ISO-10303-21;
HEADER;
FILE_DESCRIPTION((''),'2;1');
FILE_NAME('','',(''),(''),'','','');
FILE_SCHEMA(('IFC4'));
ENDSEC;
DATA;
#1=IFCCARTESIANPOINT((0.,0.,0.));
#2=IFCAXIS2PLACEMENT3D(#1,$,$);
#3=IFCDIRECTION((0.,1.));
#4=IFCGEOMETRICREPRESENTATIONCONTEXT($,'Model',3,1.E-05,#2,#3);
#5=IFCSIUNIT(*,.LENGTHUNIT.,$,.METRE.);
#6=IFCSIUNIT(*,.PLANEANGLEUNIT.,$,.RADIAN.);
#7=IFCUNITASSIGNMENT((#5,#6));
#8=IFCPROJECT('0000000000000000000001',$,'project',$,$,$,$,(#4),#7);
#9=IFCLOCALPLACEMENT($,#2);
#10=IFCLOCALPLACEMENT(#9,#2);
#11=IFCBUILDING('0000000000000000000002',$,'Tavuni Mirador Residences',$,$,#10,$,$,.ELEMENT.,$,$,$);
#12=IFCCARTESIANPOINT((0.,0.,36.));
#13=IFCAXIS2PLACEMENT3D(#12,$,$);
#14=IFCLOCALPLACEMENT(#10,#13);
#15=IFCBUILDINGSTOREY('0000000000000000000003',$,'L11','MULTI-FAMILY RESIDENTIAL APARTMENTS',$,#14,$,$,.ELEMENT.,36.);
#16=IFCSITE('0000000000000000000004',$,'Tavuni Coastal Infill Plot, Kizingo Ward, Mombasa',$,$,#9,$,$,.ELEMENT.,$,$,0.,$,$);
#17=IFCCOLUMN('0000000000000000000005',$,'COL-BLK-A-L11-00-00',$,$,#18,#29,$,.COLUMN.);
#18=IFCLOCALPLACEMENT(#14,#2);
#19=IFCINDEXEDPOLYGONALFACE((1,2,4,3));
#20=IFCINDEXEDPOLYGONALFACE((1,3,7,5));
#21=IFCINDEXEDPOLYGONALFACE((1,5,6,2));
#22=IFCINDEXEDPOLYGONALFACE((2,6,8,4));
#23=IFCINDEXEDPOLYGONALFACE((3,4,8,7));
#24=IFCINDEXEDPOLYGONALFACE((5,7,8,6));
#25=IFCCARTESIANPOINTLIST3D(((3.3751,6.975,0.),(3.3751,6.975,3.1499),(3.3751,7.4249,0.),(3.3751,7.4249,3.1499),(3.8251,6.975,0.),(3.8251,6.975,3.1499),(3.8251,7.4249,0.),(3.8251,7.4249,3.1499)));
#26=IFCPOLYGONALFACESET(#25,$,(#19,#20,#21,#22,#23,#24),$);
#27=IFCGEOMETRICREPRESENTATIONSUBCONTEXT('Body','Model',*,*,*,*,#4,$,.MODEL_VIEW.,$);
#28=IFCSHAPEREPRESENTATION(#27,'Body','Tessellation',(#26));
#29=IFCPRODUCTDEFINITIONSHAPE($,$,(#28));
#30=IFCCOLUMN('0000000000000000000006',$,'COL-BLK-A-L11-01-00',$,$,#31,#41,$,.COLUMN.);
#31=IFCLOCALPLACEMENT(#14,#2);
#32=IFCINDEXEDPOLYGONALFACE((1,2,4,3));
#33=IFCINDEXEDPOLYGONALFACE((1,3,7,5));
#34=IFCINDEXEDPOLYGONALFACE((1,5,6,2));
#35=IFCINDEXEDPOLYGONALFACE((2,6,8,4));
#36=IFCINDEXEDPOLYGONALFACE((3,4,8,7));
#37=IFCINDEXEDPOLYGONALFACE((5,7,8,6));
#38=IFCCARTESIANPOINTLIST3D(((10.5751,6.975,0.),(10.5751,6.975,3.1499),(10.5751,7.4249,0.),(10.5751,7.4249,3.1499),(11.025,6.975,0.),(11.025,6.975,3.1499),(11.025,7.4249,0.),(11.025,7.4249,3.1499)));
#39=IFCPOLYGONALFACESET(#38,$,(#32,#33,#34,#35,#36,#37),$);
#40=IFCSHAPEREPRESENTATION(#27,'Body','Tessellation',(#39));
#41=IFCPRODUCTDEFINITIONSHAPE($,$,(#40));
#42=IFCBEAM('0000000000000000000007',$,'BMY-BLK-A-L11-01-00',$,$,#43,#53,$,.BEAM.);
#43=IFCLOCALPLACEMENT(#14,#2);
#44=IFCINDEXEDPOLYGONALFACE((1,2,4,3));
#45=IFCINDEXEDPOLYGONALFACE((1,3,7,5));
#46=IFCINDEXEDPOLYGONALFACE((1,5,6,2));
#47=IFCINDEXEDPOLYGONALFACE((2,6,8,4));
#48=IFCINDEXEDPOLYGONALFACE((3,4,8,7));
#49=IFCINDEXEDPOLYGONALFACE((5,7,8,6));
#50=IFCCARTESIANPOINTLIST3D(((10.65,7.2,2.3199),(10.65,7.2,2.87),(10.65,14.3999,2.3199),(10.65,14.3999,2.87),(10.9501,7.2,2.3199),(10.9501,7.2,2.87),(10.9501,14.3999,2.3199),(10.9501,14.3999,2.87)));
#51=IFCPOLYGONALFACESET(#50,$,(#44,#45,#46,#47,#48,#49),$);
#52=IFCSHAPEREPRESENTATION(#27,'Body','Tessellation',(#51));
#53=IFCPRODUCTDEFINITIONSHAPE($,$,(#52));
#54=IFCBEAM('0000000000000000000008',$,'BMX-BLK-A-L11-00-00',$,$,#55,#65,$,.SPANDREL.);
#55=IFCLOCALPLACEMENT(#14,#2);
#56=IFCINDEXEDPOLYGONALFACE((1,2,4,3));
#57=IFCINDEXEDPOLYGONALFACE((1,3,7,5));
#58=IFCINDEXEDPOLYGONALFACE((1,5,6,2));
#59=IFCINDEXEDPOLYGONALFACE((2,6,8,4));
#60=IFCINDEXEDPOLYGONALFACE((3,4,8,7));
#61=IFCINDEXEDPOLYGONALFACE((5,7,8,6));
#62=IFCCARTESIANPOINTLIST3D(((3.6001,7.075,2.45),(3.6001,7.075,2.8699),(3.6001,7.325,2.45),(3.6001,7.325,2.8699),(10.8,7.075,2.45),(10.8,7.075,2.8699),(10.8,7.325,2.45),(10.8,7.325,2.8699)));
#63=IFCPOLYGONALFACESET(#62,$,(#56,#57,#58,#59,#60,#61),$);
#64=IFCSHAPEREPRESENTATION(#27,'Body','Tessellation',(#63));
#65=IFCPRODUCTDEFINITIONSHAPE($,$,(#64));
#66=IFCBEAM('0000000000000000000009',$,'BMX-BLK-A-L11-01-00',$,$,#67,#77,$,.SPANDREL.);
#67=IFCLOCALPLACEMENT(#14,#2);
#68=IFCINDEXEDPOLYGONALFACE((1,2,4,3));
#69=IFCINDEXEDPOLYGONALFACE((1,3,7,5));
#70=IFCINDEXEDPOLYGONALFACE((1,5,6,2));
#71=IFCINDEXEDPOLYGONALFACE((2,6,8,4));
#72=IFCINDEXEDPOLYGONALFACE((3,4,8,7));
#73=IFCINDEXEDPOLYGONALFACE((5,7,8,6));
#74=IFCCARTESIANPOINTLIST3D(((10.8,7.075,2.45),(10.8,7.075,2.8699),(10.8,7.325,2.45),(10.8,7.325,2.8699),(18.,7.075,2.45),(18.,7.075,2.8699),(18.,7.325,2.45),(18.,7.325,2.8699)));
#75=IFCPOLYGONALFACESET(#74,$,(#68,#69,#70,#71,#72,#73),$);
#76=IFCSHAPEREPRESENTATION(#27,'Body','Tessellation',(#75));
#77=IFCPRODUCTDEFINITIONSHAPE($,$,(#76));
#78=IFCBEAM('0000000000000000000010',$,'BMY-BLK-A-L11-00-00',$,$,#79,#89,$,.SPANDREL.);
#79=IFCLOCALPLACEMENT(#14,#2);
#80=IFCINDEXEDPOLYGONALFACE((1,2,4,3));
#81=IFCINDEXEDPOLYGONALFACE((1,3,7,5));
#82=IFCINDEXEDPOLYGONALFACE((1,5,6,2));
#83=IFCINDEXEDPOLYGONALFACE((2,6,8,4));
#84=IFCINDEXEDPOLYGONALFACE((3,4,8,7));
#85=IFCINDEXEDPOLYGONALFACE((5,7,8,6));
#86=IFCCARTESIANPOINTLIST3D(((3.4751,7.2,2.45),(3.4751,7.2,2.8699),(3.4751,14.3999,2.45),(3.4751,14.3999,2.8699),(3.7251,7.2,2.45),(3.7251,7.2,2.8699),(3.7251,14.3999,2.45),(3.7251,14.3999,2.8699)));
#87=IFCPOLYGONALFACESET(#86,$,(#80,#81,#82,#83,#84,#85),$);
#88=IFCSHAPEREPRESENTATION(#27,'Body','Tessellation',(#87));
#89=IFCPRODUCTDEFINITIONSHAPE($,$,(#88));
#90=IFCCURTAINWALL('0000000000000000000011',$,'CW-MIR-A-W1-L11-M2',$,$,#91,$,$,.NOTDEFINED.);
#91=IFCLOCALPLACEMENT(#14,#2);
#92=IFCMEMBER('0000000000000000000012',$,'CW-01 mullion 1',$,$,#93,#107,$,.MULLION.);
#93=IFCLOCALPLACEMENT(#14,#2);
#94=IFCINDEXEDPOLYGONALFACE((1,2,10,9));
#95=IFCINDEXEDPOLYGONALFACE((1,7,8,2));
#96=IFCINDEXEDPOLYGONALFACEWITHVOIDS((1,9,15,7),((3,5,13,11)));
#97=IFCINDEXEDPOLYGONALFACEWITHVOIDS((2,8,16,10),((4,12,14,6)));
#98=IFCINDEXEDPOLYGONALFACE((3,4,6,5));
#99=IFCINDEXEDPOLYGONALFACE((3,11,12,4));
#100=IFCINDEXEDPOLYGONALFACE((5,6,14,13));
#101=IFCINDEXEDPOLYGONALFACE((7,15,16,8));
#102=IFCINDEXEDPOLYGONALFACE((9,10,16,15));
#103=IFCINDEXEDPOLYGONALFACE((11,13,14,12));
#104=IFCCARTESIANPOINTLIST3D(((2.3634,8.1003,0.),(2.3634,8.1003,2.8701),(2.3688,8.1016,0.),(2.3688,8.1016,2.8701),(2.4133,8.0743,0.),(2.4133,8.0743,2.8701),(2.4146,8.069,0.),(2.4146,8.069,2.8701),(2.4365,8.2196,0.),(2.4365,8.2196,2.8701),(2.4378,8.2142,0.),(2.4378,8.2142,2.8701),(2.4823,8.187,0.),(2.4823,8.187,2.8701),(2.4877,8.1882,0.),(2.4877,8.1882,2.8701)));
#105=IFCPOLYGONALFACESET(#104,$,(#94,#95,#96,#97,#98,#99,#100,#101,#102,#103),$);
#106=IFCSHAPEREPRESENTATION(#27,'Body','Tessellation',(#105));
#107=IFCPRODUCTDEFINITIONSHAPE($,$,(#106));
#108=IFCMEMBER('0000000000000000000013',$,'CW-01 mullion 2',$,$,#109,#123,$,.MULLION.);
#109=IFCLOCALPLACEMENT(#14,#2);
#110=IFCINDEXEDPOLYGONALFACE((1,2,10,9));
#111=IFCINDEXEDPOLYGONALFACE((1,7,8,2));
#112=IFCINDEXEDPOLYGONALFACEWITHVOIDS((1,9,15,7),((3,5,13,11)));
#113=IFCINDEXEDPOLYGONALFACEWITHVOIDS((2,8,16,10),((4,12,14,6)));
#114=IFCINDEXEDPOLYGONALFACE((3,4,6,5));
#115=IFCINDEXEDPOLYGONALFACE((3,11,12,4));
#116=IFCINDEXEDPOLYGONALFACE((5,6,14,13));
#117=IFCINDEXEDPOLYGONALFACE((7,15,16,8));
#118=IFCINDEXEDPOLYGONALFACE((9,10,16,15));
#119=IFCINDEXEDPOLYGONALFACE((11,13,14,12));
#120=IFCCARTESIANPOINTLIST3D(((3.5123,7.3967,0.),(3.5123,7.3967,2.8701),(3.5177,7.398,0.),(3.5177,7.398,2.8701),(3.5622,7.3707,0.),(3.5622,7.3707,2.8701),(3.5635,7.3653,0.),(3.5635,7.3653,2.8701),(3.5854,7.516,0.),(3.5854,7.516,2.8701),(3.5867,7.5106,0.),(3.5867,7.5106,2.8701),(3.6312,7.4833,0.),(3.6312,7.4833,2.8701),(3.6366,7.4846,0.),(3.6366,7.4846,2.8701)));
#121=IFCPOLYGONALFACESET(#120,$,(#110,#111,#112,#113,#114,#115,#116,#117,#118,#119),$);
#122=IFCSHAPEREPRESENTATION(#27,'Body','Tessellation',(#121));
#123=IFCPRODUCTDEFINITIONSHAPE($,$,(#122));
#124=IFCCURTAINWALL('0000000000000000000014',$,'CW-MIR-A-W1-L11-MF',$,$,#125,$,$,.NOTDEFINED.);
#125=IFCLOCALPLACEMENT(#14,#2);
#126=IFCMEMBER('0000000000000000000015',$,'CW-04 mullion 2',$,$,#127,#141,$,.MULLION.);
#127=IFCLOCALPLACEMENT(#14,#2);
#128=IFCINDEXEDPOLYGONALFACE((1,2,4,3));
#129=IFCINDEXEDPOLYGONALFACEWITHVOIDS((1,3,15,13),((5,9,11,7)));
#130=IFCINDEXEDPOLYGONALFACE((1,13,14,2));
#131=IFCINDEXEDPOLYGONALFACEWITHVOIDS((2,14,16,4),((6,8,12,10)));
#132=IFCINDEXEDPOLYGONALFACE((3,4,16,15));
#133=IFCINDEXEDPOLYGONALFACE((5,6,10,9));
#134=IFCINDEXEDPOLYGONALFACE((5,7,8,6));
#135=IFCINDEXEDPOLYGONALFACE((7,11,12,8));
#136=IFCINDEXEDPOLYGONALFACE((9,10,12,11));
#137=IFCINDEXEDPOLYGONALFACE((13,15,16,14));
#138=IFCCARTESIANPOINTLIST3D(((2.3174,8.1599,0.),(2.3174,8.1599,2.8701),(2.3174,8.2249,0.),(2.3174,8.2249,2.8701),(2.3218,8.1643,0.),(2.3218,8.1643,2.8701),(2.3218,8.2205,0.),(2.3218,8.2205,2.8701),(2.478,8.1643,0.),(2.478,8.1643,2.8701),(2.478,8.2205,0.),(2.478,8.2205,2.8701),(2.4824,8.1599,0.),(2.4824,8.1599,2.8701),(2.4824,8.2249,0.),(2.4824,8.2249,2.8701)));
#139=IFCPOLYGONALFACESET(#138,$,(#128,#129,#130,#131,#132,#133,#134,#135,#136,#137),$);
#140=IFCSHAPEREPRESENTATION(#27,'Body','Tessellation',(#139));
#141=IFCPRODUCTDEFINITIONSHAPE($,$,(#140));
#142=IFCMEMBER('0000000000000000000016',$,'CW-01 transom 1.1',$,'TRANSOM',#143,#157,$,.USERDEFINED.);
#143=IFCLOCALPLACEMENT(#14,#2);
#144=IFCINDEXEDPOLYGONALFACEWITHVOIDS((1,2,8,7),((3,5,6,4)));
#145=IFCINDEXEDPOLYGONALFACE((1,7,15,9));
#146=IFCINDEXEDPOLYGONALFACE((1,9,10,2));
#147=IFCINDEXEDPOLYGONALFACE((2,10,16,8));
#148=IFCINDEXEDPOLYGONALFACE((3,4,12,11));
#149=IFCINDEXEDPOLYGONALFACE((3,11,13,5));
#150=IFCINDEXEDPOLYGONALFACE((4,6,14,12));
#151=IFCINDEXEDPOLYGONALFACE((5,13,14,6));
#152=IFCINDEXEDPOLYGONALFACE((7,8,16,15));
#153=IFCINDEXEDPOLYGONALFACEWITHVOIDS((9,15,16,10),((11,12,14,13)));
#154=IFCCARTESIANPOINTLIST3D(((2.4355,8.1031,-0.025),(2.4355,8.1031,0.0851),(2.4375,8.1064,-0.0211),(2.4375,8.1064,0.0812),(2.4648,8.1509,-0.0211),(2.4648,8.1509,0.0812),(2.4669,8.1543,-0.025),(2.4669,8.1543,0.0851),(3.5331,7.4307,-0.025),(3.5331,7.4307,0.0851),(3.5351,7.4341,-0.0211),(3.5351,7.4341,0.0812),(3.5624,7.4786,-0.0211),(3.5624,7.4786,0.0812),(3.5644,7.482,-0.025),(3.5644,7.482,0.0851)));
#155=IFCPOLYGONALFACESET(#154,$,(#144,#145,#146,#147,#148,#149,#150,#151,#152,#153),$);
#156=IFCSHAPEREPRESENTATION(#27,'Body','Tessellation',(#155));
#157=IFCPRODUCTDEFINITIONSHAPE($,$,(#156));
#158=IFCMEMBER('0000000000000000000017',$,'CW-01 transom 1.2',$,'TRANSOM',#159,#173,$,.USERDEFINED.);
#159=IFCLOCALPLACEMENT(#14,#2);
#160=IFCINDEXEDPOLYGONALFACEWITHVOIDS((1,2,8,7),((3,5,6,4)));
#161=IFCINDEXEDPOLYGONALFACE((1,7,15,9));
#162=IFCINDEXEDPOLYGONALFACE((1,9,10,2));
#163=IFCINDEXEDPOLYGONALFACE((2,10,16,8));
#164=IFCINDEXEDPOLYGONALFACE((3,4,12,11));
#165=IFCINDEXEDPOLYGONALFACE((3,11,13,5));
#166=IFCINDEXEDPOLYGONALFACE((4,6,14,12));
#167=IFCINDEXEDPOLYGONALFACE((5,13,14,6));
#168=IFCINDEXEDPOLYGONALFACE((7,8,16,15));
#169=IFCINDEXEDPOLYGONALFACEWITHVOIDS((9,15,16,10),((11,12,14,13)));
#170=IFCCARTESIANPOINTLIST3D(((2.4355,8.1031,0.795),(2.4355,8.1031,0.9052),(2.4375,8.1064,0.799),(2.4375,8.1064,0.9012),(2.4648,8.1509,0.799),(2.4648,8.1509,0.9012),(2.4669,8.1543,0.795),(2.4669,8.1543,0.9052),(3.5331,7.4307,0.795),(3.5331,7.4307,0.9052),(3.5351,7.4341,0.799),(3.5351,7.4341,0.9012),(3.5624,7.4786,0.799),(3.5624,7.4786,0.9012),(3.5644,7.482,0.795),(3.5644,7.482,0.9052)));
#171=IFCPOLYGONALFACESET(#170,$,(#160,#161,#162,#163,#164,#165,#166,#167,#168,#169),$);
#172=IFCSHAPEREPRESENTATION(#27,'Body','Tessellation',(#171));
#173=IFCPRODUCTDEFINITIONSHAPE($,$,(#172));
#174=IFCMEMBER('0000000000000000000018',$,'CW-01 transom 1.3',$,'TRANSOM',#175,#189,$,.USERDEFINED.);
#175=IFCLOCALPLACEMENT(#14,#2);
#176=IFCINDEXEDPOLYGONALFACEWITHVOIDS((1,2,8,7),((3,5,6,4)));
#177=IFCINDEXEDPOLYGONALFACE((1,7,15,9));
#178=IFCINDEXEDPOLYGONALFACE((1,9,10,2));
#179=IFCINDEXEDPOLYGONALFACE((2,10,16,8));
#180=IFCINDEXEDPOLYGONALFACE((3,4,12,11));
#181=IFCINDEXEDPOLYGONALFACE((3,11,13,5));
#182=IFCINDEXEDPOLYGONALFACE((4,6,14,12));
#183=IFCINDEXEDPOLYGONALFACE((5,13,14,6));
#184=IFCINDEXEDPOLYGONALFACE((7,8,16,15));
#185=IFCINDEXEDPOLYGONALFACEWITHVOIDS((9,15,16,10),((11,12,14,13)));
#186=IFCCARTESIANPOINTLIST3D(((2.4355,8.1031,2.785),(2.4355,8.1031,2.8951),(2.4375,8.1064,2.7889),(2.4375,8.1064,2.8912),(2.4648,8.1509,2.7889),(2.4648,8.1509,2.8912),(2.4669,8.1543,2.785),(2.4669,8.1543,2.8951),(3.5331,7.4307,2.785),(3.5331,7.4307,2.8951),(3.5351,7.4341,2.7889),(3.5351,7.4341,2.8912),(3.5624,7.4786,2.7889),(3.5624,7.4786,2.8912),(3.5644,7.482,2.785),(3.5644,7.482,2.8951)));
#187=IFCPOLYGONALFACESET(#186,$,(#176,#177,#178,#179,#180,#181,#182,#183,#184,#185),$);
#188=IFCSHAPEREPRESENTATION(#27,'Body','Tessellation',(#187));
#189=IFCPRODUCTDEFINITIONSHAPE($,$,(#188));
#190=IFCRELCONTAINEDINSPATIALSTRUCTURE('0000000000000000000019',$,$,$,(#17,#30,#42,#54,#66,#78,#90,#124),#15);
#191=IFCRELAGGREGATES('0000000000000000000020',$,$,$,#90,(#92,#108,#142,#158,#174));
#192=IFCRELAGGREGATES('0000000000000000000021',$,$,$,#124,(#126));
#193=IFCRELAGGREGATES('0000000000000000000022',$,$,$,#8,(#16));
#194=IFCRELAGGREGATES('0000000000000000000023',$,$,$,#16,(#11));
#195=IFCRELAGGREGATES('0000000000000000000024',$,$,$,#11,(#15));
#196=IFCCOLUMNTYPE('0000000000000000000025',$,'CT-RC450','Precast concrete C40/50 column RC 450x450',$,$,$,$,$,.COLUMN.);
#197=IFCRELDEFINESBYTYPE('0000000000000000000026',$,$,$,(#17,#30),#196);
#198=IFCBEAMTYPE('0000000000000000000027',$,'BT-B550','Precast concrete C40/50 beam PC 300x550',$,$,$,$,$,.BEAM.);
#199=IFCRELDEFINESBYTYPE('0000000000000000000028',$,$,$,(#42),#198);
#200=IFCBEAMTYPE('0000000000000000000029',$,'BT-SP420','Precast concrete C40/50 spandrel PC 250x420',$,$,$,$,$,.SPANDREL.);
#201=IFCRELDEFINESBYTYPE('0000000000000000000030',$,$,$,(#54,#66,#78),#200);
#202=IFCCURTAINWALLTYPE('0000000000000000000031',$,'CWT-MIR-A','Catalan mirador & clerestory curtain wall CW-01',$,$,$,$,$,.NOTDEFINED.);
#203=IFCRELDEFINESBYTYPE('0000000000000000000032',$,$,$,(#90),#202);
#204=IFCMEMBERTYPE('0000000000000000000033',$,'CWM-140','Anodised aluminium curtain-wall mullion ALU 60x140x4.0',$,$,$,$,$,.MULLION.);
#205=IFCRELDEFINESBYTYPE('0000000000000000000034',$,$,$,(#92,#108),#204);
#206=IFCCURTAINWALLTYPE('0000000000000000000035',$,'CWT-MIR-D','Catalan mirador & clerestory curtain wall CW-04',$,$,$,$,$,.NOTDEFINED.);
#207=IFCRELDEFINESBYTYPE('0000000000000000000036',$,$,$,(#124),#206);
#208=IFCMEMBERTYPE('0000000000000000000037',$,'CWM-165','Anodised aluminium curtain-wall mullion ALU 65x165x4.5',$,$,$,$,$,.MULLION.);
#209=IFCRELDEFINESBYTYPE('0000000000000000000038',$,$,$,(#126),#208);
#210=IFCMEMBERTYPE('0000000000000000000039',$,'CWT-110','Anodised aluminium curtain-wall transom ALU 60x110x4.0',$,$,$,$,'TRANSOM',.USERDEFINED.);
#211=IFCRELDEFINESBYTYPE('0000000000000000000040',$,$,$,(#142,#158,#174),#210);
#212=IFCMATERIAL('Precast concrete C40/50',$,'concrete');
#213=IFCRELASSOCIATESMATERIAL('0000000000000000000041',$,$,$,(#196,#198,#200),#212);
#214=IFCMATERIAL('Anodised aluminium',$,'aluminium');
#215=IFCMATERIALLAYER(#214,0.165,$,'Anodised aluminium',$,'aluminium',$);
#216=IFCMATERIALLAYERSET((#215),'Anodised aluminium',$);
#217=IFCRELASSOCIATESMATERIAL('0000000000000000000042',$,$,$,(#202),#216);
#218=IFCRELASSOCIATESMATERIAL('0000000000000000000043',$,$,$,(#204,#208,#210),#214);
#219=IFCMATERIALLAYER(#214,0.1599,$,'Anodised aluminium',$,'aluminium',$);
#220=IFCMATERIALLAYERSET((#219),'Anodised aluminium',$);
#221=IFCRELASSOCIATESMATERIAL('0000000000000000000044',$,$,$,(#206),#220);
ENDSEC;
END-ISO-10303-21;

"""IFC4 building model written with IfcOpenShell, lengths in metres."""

from ifc_helpers import new_model, si_unit, direction, frame, origin, origin_2d, place, context, subcontext, project, spatial, rectangle, hollow_rectangle, extrude, material, layer, layer_set, material_profile, profile_set, type_object, element, aggregate, save


model = new_model("IFC4")

# Units and contexts
model_context = context("Model", 3, precision=1e-05, world=origin(), true_north=direction((0.0, 1.0)))
body_context = subcontext(model_context, "Body", "Model", "MODEL_VIEW")
ifc_project = project(units=[si_unit("LENGTHUNIT", "METRE"), si_unit("PLANEANGLEUNIT", "RADIAN")], contexts=[model_context])

# Site, building, storey
site_placement = place(None, origin())
site = spatial("IfcSite", under=ifc_project, at=site_placement, Name="Tavuni Coastal Infill Plot, Kizingo Ward, Mombasa", CompositionType="ELEMENT", RefElevation=0.0)
building_placement = place(site_placement, origin())
building = spatial("IfcBuilding", under=site, at=building_placement, Name="Tavuni Mirador Residences", CompositionType="ELEMENT")
storey_placement = place(building_placement, frame((0.0, 0.0, 36.0)))
storey = spatial("IfcBuildingStorey", under=building, at=storey_placement, Name="L11", Description="MULTI-FAMILY RESIDENTIAL APARTMENTS", CompositionType="ELEMENT", Elevation=36.0)

# Columns
ifc_material_1 = material(Name="Precast concrete C40/50", Category="concrete")
ifc_material_profile_1 = material_profile(ifc_material_1, rectangle(XDim=0.45, YDim=0.45, at=origin_2d()), Name="RC 450x450", Category="concrete")
ifc_profile_set_1 = profile_set([ifc_material_profile_1], Name="Precast concrete C40/50")
column_type = type_object("IfcColumnType", Name="CT-RC450", Description="Precast concrete C40/50 column RC 450x450", PredefinedType="COLUMN", material=ifc_profile_set_1)
for number, where, z_axis, x_axis, name in (
    (1, (3.6001, 7.2, 0.0), (0.0, 0.0, 1.0), (1.0, 0.0, 0.0), "COL-BLK-A-L11-00-00"),
    (2, (10.8, 7.2, 0.0), (0.0, 0.0, 1.0), (1.0, 0.0, 0.0), "COL-BLK-A-L11-01-00"),
):
    element("IfcColumn", number, at=place(storey_placement, frame(where, z_axis=z_axis, x_axis=x_axis)), inside=storey, type_object=column_type, Name=name, PredefinedType="COLUMN", context=body_context, shape_type="SweptSolid", body=[
        extrude(rectangle(XDim=0.45, YDim=0.45, at=origin_2d()), origin(), (0.0, 0.0, 1.0), 3.1499),
    ])

# Beams
ifc_material_profile_2 = material_profile(ifc_material_1, rectangle(XDim=0.3, YDim=0.55, at=origin_2d()), Name="PC 300x550", Category="concrete")
ifc_profile_set_2 = profile_set([ifc_material_profile_2], Name="Precast concrete C40/50")
beam_type_1 = type_object("IfcBeamType", Name="BT-B550", Description="Precast concrete C40/50 beam PC 300x550", PredefinedType="BEAM", material=ifc_profile_set_2)
beam_placement = place(storey_placement, frame((10.8, 7.2, 2.595), z_axis=(0.0, 1.0, 0.0), x_axis=(-1.0, 0.0, 0.0)))
element("IfcBeam", 3, at=beam_placement, inside=storey, type_object=beam_type_1, Name="BMY-BLK-A-L11-01-00", PredefinedType="BEAM", context=body_context, shape_type="SweptSolid", body=[
    extrude(rectangle(XDim=0.3, YDim=0.55, at=origin_2d()), origin(), (0.0, 0.0, 1.0), 7.2),
])
ifc_material_profile_3 = material_profile(ifc_material_1, rectangle(XDim=0.25, YDim=0.4199, at=origin_2d()), Name="PC 250x420", Category="concrete")
ifc_profile_set_3 = profile_set([ifc_material_profile_3], Name="Precast concrete C40/50")
beam_type_2 = type_object("IfcBeamType", Name="BT-SP420", Description="Precast concrete C40/50 spandrel PC 250x420", PredefinedType="SPANDREL", material=ifc_profile_set_3)
for number, where, z_axis, x_axis, name in (
    (4, (3.6001, 7.2, 2.6599), (1.0, 0.0, 0.0), (0.0, 1.0, 0.0), "BMX-BLK-A-L11-00-00"),
    (5, (10.8, 7.2, 2.6599), (1.0, 0.0, 0.0), (0.0, 1.0, 0.0), "BMX-BLK-A-L11-01-00"),
    (6, (3.6001, 7.2, 2.6599), (0.0, 1.0, 0.0), (-1.0, 0.0, 0.0), "BMY-BLK-A-L11-00-00"),
):
    element("IfcBeam", number, at=place(storey_placement, frame(where, z_axis=z_axis, x_axis=x_axis)), inside=storey, type_object=beam_type_2, Name=name, PredefinedType="SPANDREL", context=body_context, shape_type="SweptSolid", body=[
        extrude(rectangle(XDim=0.25, YDim=0.4199, at=origin_2d()), origin(), (0.0, 0.0, 1.0), 7.2),
    ])

# Curtain wall, members
ifc_material_2 = material(Name="Anodised aluminium", Category="aluminium")
ifc_layer_1 = layer(ifc_material_2, 0.165, Name="Anodised aluminium", Category="aluminium")
ifc_layer_set_1 = layer_set([ifc_layer_1], Name="Anodised aluminium")
curtain_wall_type_1 = type_object("IfcCurtainWallType", Name="CWT-MIR-A", Description="Catalan mirador & clerestory curtain wall CW-01", PredefinedType="NOTDEFINED", material=ifc_layer_set_1)
curtain_wall_1_placement = place(storey_placement, origin())
curtain_wall_1 = element("IfcCurtainWall", 7, at=curtain_wall_1_placement, inside=storey, type_object=curtain_wall_type_1, Name="CW-MIR-A-W1-L11-M2", PredefinedType="NOTDEFINED")
ifc_material_profile_4 = material_profile(ifc_material_2, hollow_rectangle(XDim=0.0601, YDim=0.1399, WallThickness=0.0039, at=origin_2d()), Name="ALU 60x140x4.0", Category="aluminium")
ifc_profile_set_4 = profile_set([ifc_material_profile_4], Name="Anodised aluminium")
member_type_1 = type_object("IfcMemberType", Name="CWM-140", Description="Anodised aluminium curtain-wall mullion ALU 60x140x4.0", PredefinedType="MULLION", material=ifc_profile_set_4)
member_1_placement = place(storey_placement, frame((2.4255, 8.1443, 0.0), z_axis=(0.0, 0.0, 1.0), x_axis=(0.852754, -0.522312, 0.0)))
member_1 = element("IfcMember", 8, at=member_1_placement, type_object=member_type_1, Name="CW-01 mullion 1", PredefinedType="MULLION", context=body_context, shape_type="SweptSolid", body=[
    extrude(hollow_rectangle(XDim=0.0601, YDim=0.1399, WallThickness=0.0039, at=origin_2d()), origin(), (0.0, 0.0, 1.0), 2.8701),
])
member_2_placement = place(storey_placement, frame((3.5745, 7.4407, 0.0), z_axis=(0.0, 0.0, 1.0), x_axis=(0.852754, -0.522312, 0.0)))
member_2 = element("IfcMember", 9, at=member_2_placement, type_object=member_type_1, Name="CW-01 mullion 2", PredefinedType="MULLION", context=body_context, shape_type="SweptSolid", body=[
    extrude(hollow_rectangle(XDim=0.0601, YDim=0.1399, WallThickness=0.0039, at=origin_2d()), origin(), (0.0, 0.0, 1.0), 2.8701),
])

# Curtain wall, member
ifc_layer_2 = layer(ifc_material_2, 0.1599, Name="Anodised aluminium", Category="aluminium")
ifc_layer_set_2 = layer_set([ifc_layer_2], Name="Anodised aluminium")
curtain_wall_type_2 = type_object("IfcCurtainWallType", Name="CWT-MIR-D", Description="Catalan mirador & clerestory curtain wall CW-04", PredefinedType="NOTDEFINED", material=ifc_layer_set_2)
curtain_wall_2_placement = place(storey_placement, origin())
curtain_wall_2 = element("IfcCurtainWall", 10, at=curtain_wall_2_placement, inside=storey, type_object=curtain_wall_type_2, Name="CW-MIR-A-W1-L11-MF", PredefinedType="NOTDEFINED")
ifc_material_profile_5 = material_profile(ifc_material_2, hollow_rectangle(XDim=0.0649, YDim=0.165, WallThickness=0.0044, at=origin_2d()), Name="ALU 65x165x4.5", Category="aluminium")
ifc_profile_set_5 = profile_set([ifc_material_profile_5], Name="Anodised aluminium")
member_type_2 = type_object("IfcMemberType", Name="CWM-165", Description="Anodised aluminium curtain-wall mullion ALU 65x165x4.5", PredefinedType="MULLION", material=ifc_profile_set_5)
member_3_placement = place(storey_placement, frame((2.3999, 8.1924, 0.0), z_axis=(0.0, 0.0, 1.0), x_axis=(0.0, -1.0, 0.0)))
member_3 = element("IfcMember", 11, at=member_3_placement, type_object=member_type_2, Name="CW-04 mullion 2", PredefinedType="MULLION", context=body_context, shape_type="SweptSolid", body=[
    extrude(hollow_rectangle(XDim=0.0649, YDim=0.165, WallThickness=0.0044, at=origin_2d()), origin(), (0.0, 0.0, 1.0), 2.8701),
])

# Members
ifc_material_profile_6 = material_profile(ifc_material_2, hollow_rectangle(XDim=0.0601, YDim=0.1101, WallThickness=0.0039, at=origin_2d()), Name="ALU 60x110x4.0", Category="aluminium")
ifc_profile_set_6 = profile_set([ifc_material_profile_6], Name="Anodised aluminium")
member_type_3 = type_object("IfcMemberType", Name="CWT-110", Description="Anodised aluminium curtain-wall transom ALU 60x110x4.0", ElementType="TRANSOM", PredefinedType="USERDEFINED", material=ifc_profile_set_6)
member_4_placement = place(storey_placement, frame((2.4512, 8.1287, 0.03), z_axis=(0.852738, -0.52234, 0.0), x_axis=(0.52234, 0.852738, 0.0)))
member_4 = element("IfcMember", 12, at=member_4_placement, type_object=member_type_3, Name="CW-01 transom 1.1", ObjectType="TRANSOM", PredefinedType="USERDEFINED", context=body_context, shape_type="SweptSolid", body=[
    extrude(hollow_rectangle(XDim=0.0601, YDim=0.1101, WallThickness=0.0039, at=origin_2d()), origin(), (0.0, 0.0, 1.0), 1.2871),
])
member_5_placement = place(storey_placement, frame((2.4512, 8.1287, 0.8501), z_axis=(0.852738, -0.52234, 0.0), x_axis=(0.52234, 0.852738, 0.0)))
member_5 = element("IfcMember", 13, at=member_5_placement, type_object=member_type_3, Name="CW-01 transom 1.2", ObjectType="TRANSOM", PredefinedType="USERDEFINED", context=body_context, shape_type="SweptSolid", body=[
    extrude(hollow_rectangle(XDim=0.0601, YDim=0.1101, WallThickness=0.0039, at=origin_2d()), origin(), (0.0, 0.0, 1.0), 1.2871),
])
member_6_placement = place(storey_placement, frame((2.4512, 8.1287, 2.8401), z_axis=(0.852738, -0.52234, 0.0), x_axis=(0.52234, 0.852738, 0.0)))
member_6 = element("IfcMember", 14, at=member_6_placement, type_object=member_type_3, Name="CW-01 transom 1.3", ObjectType="TRANSOM", PredefinedType="USERDEFINED", context=body_context, shape_type="SweptSolid", body=[
    extrude(hollow_rectangle(XDim=0.0601, YDim=0.1101, WallThickness=0.0039, at=origin_2d()), origin(), (0.0, 0.0, 1.0), 1.2871),
])

aggregate(curtain_wall_1, [member_1, member_2, member_4, member_5, member_6])
aggregate(curtain_wall_2, [member_3])

save(model, "model.ifc")
